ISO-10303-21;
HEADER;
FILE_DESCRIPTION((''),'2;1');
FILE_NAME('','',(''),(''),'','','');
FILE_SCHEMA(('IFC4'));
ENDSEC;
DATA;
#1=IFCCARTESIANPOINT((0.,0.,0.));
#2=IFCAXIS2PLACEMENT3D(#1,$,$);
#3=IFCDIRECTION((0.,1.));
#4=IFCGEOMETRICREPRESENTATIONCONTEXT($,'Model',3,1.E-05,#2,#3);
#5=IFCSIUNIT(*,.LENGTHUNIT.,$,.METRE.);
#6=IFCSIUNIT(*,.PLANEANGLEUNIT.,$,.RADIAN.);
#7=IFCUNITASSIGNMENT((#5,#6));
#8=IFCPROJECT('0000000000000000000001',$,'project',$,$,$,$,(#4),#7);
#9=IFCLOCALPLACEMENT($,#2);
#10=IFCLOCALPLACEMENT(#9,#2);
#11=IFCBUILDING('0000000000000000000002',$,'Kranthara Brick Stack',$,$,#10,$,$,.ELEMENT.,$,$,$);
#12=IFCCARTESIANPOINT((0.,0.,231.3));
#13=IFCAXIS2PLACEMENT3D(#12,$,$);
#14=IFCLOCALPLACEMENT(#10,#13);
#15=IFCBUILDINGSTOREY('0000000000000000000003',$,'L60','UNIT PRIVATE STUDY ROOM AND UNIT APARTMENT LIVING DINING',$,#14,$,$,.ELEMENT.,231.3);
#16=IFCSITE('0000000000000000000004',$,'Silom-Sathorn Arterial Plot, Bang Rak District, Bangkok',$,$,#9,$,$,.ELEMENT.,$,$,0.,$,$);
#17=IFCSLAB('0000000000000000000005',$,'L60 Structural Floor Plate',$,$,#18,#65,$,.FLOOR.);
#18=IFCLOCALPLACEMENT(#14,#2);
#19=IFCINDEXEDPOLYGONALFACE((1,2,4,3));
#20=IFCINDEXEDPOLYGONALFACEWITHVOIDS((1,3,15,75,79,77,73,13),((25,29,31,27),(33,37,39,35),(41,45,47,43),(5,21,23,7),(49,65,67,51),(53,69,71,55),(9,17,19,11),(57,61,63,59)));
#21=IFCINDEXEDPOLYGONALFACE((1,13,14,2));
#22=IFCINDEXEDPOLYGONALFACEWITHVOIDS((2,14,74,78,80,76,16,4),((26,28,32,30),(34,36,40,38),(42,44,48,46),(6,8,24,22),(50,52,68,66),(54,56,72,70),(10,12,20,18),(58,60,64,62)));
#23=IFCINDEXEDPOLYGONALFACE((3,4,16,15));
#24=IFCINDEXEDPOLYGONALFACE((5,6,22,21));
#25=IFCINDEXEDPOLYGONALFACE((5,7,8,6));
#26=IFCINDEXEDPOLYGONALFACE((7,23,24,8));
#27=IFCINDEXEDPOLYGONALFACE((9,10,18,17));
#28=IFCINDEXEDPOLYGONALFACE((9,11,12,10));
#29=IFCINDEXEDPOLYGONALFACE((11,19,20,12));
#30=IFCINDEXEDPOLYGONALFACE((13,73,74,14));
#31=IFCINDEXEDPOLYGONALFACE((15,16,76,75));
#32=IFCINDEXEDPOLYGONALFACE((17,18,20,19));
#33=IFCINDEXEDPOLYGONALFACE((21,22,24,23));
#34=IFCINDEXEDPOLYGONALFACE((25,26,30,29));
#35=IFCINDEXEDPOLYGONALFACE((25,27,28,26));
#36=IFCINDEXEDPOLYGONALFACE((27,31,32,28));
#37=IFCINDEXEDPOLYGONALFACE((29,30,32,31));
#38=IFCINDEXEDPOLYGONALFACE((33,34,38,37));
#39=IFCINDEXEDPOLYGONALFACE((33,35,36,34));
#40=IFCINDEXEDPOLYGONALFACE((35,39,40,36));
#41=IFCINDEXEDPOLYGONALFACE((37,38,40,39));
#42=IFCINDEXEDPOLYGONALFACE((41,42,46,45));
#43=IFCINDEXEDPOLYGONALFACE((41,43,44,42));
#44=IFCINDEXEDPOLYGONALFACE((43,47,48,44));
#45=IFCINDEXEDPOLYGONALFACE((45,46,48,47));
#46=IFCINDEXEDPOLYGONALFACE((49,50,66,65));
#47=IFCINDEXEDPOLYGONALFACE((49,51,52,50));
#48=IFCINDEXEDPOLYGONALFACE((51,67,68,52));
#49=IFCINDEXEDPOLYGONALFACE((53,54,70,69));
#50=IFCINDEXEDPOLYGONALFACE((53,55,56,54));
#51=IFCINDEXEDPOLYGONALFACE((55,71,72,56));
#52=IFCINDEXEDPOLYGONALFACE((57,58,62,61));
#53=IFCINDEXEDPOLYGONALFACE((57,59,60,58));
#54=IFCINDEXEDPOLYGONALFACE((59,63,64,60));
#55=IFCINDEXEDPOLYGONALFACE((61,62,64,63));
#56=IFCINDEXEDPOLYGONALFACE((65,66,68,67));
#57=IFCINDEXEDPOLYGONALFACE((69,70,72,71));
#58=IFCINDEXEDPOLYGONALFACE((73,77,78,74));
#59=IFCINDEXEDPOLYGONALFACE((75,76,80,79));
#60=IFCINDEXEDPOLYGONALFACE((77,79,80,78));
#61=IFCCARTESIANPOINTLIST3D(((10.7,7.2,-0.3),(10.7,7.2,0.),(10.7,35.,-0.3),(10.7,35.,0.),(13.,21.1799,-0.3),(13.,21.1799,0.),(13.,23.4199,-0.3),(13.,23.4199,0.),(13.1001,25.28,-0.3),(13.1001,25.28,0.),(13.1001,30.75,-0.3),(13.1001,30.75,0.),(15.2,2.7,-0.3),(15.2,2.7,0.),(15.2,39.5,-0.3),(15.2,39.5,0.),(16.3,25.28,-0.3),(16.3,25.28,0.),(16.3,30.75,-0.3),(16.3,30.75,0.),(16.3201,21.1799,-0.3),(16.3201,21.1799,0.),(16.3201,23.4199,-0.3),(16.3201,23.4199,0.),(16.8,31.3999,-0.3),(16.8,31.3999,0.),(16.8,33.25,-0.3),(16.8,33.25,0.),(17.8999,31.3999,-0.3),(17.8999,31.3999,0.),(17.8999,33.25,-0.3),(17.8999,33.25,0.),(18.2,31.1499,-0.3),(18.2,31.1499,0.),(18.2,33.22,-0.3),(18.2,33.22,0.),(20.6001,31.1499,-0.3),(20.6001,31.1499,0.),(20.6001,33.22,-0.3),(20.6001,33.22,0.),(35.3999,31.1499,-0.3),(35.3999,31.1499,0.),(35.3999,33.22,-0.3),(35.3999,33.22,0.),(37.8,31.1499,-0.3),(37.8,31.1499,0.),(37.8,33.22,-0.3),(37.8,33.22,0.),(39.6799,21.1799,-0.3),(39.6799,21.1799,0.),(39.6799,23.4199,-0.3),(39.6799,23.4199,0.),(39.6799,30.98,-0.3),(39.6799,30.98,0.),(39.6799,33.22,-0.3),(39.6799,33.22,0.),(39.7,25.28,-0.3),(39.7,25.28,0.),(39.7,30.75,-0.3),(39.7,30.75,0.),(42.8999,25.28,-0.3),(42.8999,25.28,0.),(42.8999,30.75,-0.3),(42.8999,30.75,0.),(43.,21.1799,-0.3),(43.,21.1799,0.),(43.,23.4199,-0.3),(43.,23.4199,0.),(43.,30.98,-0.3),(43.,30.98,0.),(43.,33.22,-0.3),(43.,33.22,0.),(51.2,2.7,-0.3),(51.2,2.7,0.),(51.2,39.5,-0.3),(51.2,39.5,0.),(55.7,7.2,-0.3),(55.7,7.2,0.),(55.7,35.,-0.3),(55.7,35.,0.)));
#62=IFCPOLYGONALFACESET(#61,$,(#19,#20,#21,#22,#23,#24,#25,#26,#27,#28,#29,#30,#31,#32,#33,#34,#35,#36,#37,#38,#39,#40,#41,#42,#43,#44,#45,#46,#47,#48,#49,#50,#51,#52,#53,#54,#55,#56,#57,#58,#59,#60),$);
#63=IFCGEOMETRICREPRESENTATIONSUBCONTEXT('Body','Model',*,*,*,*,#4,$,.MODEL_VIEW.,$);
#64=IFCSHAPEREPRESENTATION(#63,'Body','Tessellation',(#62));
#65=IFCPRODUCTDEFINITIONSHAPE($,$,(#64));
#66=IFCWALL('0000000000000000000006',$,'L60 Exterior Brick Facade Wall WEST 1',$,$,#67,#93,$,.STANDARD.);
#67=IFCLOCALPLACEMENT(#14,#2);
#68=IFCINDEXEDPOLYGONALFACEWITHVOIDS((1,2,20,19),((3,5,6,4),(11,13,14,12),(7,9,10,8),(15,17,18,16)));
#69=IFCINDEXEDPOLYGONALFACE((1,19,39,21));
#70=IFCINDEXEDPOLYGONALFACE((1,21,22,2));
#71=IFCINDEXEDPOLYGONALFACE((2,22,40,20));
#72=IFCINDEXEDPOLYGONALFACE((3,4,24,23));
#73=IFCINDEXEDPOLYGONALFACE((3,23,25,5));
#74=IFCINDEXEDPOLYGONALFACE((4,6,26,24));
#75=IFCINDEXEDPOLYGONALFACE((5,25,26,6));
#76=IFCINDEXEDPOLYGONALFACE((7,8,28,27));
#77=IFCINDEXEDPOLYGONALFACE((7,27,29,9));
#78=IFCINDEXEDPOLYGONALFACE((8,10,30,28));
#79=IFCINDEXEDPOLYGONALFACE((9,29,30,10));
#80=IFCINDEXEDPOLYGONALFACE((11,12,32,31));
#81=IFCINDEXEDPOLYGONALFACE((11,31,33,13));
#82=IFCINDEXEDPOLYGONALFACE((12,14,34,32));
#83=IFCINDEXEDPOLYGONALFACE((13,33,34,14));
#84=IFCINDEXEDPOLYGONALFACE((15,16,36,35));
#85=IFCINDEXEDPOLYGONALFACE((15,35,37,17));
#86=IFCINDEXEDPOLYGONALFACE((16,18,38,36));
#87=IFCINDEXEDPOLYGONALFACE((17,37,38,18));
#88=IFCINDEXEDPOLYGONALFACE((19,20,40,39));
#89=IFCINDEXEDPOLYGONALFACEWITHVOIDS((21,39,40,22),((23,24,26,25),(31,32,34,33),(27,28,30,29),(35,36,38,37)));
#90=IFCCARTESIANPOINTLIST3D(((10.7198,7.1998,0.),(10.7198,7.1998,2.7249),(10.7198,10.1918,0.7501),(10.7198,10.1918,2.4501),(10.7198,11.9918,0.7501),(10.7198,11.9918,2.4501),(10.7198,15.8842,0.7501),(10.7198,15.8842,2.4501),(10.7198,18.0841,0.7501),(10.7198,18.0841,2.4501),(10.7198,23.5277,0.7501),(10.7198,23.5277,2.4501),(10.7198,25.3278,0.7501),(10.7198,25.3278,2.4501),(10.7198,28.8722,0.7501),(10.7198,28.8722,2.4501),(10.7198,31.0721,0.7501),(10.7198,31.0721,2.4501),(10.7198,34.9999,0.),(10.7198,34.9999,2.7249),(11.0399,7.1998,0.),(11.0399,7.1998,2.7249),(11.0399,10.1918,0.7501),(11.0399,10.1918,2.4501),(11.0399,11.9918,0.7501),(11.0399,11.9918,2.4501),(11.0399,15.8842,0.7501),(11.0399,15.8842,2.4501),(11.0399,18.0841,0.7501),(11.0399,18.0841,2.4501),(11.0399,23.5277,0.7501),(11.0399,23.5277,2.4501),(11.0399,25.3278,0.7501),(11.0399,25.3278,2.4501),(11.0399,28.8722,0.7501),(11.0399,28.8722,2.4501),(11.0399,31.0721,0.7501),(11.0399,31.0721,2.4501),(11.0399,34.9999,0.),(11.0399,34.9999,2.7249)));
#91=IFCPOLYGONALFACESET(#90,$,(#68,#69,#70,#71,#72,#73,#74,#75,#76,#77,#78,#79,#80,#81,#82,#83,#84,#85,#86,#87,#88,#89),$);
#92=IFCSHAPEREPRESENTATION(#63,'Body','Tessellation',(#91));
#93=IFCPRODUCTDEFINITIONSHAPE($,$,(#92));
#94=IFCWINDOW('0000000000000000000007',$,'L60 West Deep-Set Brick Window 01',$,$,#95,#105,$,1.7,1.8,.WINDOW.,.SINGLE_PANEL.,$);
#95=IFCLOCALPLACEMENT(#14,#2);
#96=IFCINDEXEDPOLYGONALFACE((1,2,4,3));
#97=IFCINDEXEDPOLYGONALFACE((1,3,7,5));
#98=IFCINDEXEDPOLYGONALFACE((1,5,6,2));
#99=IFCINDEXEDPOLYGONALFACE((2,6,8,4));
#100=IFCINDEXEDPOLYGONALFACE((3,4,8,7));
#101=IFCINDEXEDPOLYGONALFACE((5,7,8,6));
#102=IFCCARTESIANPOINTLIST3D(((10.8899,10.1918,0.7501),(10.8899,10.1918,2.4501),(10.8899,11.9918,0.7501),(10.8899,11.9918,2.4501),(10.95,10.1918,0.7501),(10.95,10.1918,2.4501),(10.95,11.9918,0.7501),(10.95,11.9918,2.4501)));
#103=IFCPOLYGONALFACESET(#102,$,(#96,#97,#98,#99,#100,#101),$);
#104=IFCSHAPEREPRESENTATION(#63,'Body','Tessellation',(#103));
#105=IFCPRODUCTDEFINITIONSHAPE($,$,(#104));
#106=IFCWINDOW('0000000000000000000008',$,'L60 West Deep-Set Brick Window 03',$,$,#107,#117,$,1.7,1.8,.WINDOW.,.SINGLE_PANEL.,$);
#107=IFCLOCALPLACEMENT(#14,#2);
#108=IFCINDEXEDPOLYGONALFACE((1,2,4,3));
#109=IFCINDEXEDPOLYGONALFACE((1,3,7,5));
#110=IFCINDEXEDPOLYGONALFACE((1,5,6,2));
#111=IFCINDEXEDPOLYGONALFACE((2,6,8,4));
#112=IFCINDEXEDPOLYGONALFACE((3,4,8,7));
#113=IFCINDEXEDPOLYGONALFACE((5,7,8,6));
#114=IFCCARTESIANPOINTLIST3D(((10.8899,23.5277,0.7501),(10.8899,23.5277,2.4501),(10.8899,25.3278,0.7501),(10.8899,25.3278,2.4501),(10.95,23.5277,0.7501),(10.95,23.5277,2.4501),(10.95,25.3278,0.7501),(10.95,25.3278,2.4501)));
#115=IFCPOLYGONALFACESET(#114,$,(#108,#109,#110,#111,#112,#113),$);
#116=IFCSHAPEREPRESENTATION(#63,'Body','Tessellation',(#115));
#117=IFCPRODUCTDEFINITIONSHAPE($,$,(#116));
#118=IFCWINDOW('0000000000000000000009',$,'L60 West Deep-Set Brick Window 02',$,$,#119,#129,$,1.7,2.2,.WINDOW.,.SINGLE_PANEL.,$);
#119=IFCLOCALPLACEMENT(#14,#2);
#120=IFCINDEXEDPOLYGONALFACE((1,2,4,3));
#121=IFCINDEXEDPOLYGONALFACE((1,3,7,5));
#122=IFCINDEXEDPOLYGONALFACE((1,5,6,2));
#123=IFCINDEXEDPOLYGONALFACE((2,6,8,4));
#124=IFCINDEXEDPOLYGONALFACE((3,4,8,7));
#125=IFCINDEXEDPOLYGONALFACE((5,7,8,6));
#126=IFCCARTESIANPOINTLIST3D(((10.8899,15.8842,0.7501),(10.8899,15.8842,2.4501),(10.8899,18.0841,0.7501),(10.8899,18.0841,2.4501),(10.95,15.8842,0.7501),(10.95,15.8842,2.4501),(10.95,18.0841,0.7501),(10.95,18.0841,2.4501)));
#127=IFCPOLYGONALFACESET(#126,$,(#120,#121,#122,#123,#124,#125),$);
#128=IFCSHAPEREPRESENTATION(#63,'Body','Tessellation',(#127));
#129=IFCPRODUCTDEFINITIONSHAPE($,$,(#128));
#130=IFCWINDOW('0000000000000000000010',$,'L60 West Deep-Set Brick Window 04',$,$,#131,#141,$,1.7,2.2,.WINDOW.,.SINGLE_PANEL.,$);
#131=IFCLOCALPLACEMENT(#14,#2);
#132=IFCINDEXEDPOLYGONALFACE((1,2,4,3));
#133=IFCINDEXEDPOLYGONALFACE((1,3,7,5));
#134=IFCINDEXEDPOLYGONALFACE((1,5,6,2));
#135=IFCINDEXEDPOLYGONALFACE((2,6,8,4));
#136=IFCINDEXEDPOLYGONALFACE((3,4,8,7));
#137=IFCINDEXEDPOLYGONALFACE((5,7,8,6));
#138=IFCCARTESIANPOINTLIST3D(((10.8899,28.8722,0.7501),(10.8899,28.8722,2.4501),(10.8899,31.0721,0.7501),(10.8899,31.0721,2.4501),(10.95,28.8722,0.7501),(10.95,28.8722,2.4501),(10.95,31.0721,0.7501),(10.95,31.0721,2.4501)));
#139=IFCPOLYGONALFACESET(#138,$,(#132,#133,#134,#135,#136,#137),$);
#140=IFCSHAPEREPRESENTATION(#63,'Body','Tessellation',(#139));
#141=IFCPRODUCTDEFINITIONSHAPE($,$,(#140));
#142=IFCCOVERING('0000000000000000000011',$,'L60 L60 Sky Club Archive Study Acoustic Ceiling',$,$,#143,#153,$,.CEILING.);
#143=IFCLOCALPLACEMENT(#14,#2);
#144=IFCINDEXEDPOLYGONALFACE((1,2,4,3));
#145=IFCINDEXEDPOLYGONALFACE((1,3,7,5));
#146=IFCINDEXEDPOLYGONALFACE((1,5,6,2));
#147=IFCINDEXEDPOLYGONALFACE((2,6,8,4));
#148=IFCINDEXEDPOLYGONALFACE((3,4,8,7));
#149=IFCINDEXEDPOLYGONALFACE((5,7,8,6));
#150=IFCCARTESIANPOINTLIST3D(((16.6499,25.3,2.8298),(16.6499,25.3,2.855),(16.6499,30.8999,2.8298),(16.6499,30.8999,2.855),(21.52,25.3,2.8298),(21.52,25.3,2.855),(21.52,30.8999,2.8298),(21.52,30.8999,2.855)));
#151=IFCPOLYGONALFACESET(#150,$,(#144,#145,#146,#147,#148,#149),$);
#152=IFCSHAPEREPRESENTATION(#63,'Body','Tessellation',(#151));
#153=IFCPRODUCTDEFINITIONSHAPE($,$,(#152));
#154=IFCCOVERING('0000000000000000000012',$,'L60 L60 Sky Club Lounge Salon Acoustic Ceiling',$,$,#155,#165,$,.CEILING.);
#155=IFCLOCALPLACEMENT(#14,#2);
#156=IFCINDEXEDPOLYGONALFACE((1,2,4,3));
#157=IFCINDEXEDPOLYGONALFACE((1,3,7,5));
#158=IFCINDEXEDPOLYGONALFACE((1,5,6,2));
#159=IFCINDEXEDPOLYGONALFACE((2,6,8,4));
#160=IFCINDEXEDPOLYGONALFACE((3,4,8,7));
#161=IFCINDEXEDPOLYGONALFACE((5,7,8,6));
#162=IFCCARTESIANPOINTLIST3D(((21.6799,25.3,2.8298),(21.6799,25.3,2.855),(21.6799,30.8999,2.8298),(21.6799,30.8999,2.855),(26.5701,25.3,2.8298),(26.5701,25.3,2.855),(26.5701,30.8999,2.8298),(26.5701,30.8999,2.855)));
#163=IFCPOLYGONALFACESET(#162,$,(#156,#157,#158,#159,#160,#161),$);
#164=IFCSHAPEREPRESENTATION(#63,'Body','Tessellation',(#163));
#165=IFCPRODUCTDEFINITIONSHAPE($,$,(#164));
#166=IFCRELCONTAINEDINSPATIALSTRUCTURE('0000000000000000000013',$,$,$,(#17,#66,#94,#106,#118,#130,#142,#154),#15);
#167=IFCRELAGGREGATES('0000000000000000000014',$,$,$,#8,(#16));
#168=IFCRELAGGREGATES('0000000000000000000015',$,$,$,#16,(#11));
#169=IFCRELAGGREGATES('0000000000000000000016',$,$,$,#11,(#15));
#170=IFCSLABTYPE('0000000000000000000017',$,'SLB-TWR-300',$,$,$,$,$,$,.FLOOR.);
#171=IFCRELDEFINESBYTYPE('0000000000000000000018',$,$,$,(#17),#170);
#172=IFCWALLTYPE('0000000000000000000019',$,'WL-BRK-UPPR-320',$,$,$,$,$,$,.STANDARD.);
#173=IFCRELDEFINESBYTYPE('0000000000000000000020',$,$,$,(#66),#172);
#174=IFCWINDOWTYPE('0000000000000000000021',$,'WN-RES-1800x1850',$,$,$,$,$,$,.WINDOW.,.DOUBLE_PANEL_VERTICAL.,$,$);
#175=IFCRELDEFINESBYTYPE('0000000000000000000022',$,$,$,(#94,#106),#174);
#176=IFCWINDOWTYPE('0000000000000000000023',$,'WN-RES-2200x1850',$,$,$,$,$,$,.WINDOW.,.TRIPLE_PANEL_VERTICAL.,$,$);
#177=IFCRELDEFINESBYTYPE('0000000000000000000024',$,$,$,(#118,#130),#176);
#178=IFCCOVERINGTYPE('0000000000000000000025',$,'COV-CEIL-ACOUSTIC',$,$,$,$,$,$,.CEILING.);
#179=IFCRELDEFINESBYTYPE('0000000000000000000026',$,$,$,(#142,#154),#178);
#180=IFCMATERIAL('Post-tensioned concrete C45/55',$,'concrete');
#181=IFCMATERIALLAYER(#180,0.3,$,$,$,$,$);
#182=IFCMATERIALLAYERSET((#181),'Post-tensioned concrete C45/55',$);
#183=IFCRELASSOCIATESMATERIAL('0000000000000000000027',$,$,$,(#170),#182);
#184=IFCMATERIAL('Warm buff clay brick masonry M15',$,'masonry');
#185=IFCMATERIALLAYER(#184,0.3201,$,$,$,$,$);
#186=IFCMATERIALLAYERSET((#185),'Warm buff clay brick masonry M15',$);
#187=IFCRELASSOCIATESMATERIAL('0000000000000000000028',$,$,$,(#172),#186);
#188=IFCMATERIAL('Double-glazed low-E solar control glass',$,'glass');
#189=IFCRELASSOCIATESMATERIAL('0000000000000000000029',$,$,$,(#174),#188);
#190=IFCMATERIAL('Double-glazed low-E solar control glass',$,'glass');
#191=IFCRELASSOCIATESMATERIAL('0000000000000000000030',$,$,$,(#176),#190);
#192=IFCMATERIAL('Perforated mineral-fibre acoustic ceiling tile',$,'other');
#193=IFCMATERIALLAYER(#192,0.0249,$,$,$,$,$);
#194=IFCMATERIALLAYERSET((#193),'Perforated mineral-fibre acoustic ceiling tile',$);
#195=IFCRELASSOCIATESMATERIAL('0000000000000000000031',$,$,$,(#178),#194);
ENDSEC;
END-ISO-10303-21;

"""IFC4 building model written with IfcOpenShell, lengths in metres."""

from ifc_helpers import new_model, si_unit, direction, frame, frame_2d, origin, place, context, subcontext, project, spatial, polyline, rectangle, outline, extrude, material, layer, layer_set, type_object, element, fill, save


model = new_model("IFC4")

# Units and contexts
model_context = context("Model", 3, precision=1e-05, world=origin(), true_north=direction((0.0, 1.0)))
body_context = subcontext(model_context, "Body", "Model", "MODEL_VIEW")
ifc_project = project(units=[si_unit("LENGTHUNIT", "METRE"), si_unit("PLANEANGLEUNIT", "RADIAN")], contexts=[model_context])

# Site, building, storey
site_placement = place(None, origin())
site = spatial("IfcSite", under=ifc_project, at=site_placement, Name="Silom-Sathorn Arterial Plot, Bang Rak District, Bangkok", CompositionType="ELEMENT", RefElevation=0.0)
building_placement = place(site_placement, origin())
building = spatial("IfcBuilding", under=site, at=building_placement, Name="Kranthara Brick Stack", CompositionType="ELEMENT")
storey_placement = place(building_placement, frame((0.0, 0.0, 231.3)))
storey = spatial("IfcBuildingStorey", under=building, at=storey_placement, Name="L60", Description="UNIT PRIVATE STUDY ROOM AND UNIT APARTMENT LIVING DINING", CompositionType="ELEMENT", Elevation=231.3)

# Slab
ifc_material_1 = material(Name="Post-tensioned concrete C45/55", Category="concrete")
ifc_layer_1 = layer(ifc_material_1, 0.3)
ifc_layer_set_1 = layer_set([ifc_layer_1], Name="Post-tensioned concrete C45/55")
slab_type_1 = type_object("IfcSlabType", Name="SLB-TWR-300", PredefinedType="FLOOR", material=ifc_layer_set_1)
slab_1_placement = place(storey_placement, frame((0.0, 0.0, -0.3)))
element("IfcSlab", 1, at=slab_1_placement, inside=storey, type_object=slab_type_1, Name="L60 Structural Floor Plate", PredefinedType="FLOOR", context=body_context, shape_type="SweptSolid", body=[
    extrude(outline(polyline([(15.2, 2.7), (51.2, 2.7), (55.7, 7.2), (55.7, 35.0), (51.2, 39.5), (15.2, 39.5), (10.7, 35.0), (10.7, 7.2), (15.2, 2.7)]), holes=[polyline([(13.1001, 25.28), (16.3, 25.28), (16.3, 30.75), (13.1001, 30.75), (13.1001, 25.28)]), polyline([(39.7, 25.28), (42.8999, 25.28), (42.8999, 30.75), (39.7, 30.75), (39.7, 25.28)]), polyline([(13.0, 21.1799), (16.3201, 21.1799), (16.3201, 23.4199), (13.0, 23.4199), (13.0, 21.1799)]), polyline([(39.6799, 21.1799), (43.0, 21.1799), (43.0, 23.4199), (39.6799, 23.4199), (39.6799, 21.1799)]), polyline([(39.6799, 30.98), (43.0, 30.98), (43.0, 33.22), (39.6799, 33.22), (39.6799, 30.98)]), polyline([(18.2, 31.1499), (20.6001, 31.1499), (20.6001, 33.22), (18.2, 33.22), (18.2, 31.1499)]), polyline([(35.3999, 31.1499), (37.8, 31.1499), (37.8, 33.22), (35.3999, 33.22), (35.3999, 31.1499)]), polyline([(16.8, 31.3999), (17.8999, 31.3999), (17.8999, 33.25), (16.8, 33.25), (16.8, 31.3999)])]), origin(), (0.0, 0.0, 1.0), 0.3),
])

# Wall, openings, windows
ifc_material_2 = material(Name="Warm buff clay brick masonry M15", Category="masonry")
ifc_layer_2 = layer(ifc_material_2, 0.3201)
ifc_layer_set_2 = layer_set([ifc_layer_2], Name="Warm buff clay brick masonry M15")
wall_type = type_object("IfcWallType", Name="WL-BRK-UPPR-320", PredefinedType="STANDARD", material=ifc_layer_set_2)
wall_placement = place(storey_placement, frame((10.8799, 7.2, 0.0), z_axis=(0.0, 0.0, 1.0), x_axis=(0.0, 1.0, 0.0)))
wall = element("IfcWall", 2, at=wall_placement, inside=storey, type_object=wall_type, Name="L60 Exterior Brick Facade Wall WEST 1", PredefinedType="STANDARD", context=body_context, shape_type="SweptSolid", body=[
    extrude(rectangle(XDim=27.8, YDim=0.3201, at=frame_2d((13.8999, 0.0))), origin(), (0.0, 0.0, 1.0), 2.7249),
])
opening_1_placement = place(wall_placement, frame((2.9919, 0.0, 0.75)))
opening_1 = element("IfcOpeningElement", 3, at=opening_1_placement, cuts=wall, PredefinedType="OPENING", context=body_context, shape_type="SweptSolid", body=[
    extrude(rectangle(XDim=1.8, YDim=1.7, at=frame_2d((0.8999, 0.8501))), frame((0.0, 0.1699, 0.0), z_axis=(0.0, -1.0, 0.0), x_axis=(1.0, 0.0, 0.0)), (0.0, 0.0, 1.0), 0.3401),
])
opening_2_placement = place(wall_placement, frame((8.6841, 0.0, 0.75)))
opening_2 = element("IfcOpeningElement", 4, at=opening_2_placement, cuts=wall, PredefinedType="OPENING", context=body_context, shape_type="SweptSolid", body=[
    extrude(rectangle(XDim=2.2, YDim=1.7, at=frame_2d((1.1001, 0.8501))), frame((0.0, 0.1699, 0.0), z_axis=(0.0, -1.0, 0.0), x_axis=(1.0, 0.0, 0.0)), (0.0, 0.0, 1.0), 0.3401),
])
opening_3_placement = place(wall_placement, frame((16.3279, 0.0, 0.75)))
opening_3 = element("IfcOpeningElement", 5, at=opening_3_placement, cuts=wall, PredefinedType="OPENING", context=body_context, shape_type="SweptSolid", body=[
    extrude(rectangle(XDim=1.8, YDim=1.7, at=frame_2d((0.8999, 0.8501))), frame((0.0, 0.1699, 0.0), z_axis=(0.0, -1.0, 0.0), x_axis=(1.0, 0.0, 0.0)), (0.0, 0.0, 1.0), 0.3401),
])
opening_4_placement = place(wall_placement, frame((21.6721, 0.0, 0.75)))
opening_4 = element("IfcOpeningElement", 6, at=opening_4_placement, cuts=wall, PredefinedType="OPENING", context=body_context, shape_type="SweptSolid", body=[
    extrude(rectangle(XDim=2.2, YDim=1.7, at=frame_2d((1.1001, 0.8501))), frame((0.0, 0.1699, 0.0), z_axis=(0.0, -1.0, 0.0), x_axis=(1.0, 0.0, 0.0)), (0.0, 0.0, 1.0), 0.3401),
])
ifc_material_3 = material(Name="Double-glazed low-E solar control glass", Category="glass")
window_type_1 = type_object("IfcWindowType", Name="WN-RES-1800x1850", PartitioningType="DOUBLE_PANEL_VERTICAL", PredefinedType="WINDOW", material=ifc_material_3)
window_1_placement = place(opening_1_placement, origin())
window_1 = element("IfcWindow", 7, at=window_1_placement, inside=storey, type_object=window_type_1, Name="L60 West Deep-Set Brick Window 01", OverallHeight=1.7, OverallWidth=1.8, PartitioningType="SINGLE_PANEL", PredefinedType="WINDOW", context=body_context, shape_type="SweptSolid", body=[
    extrude(rectangle(XDim=1.8, YDim=1.7, at=frame_2d((0.8999, 0.8501))), frame((0.0, -0.01, 0.0), z_axis=(0.0, -1.0, 0.0), x_axis=(1.0, 0.0, 0.0)), (0.0, 0.0, 1.0), 0.0601),
])
fill(opening_1, window_1)
window_2_placement = place(opening_3_placement, origin())
window_2 = element("IfcWindow", 8, at=window_2_placement, inside=storey, type_object=window_type_1, Name="L60 West Deep-Set Brick Window 03", OverallHeight=1.7, OverallWidth=1.8, PartitioningType="SINGLE_PANEL", PredefinedType="WINDOW", context=body_context, shape_type="SweptSolid", body=[
    extrude(rectangle(XDim=1.8, YDim=1.7, at=frame_2d((0.8999, 0.8501))), frame((0.0, -0.01, 0.0), z_axis=(0.0, -1.0, 0.0), x_axis=(1.0, 0.0, 0.0)), (0.0, 0.0, 1.0), 0.0601),
])
fill(opening_3, window_2)
ifc_material_4 = material(Name="Double-glazed low-E solar control glass", Category="glass")
window_type_2 = type_object("IfcWindowType", Name="WN-RES-2200x1850", PartitioningType="TRIPLE_PANEL_VERTICAL", PredefinedType="WINDOW", material=ifc_material_4)
window_3_placement = place(opening_2_placement, origin())
window_3 = element("IfcWindow", 9, at=window_3_placement, inside=storey, type_object=window_type_2, Name="L60 West Deep-Set Brick Window 02", OverallHeight=1.7, OverallWidth=2.2, PartitioningType="SINGLE_PANEL", PredefinedType="WINDOW", context=body_context, shape_type="SweptSolid", body=[
    extrude(rectangle(XDim=2.2, YDim=1.7, at=frame_2d((1.1001, 0.8501))), frame((0.0, -0.01, 0.0), z_axis=(0.0, -1.0, 0.0), x_axis=(1.0, 0.0, 0.0)), (0.0, 0.0, 1.0), 0.0601),
])
fill(opening_2, window_3)
window_4_placement = place(opening_4_placement, origin())
window_4 = element("IfcWindow", 10, at=window_4_placement, inside=storey, type_object=window_type_2, Name="L60 West Deep-Set Brick Window 04", OverallHeight=1.7, OverallWidth=2.2, PartitioningType="SINGLE_PANEL", PredefinedType="WINDOW", context=body_context, shape_type="SweptSolid", body=[
    extrude(rectangle(XDim=2.2, YDim=1.7, at=frame_2d((1.1001, 0.8501))), frame((0.0, -0.01, 0.0), z_axis=(0.0, -1.0, 0.0), x_axis=(1.0, 0.0, 0.0)), (0.0, 0.0, 1.0), 0.0601),
])
fill(opening_4, window_4)

# Coverings
ifc_material_5 = material(Name="Perforated mineral-fibre acoustic ceiling tile", Category="other")
ifc_layer_3 = layer(ifc_material_5, 0.0249)
ifc_layer_set_3 = layer_set([ifc_layer_3], Name="Perforated mineral-fibre acoustic ceiling tile")
covering_type_1 = type_object("IfcCoveringType", Name="COV-CEIL-ACOUSTIC", PredefinedType="CEILING", material=ifc_layer_set_3)
covering_1_placement = place(storey_placement, frame((0.0, 0.0, 2.8298)))
element("IfcCovering", 11, at=covering_1_placement, inside=storey, type_object=covering_type_1, Name="L60 L60 Sky Club Archive Study Acoustic Ceiling", PredefinedType="CEILING", context=body_context, shape_type="SweptSolid", body=[
    extrude(outline(polyline([(21.52, 25.3), (21.52, 30.8999), (16.6499, 30.8999), (16.6499, 25.3), (21.52, 25.3)])), origin(), (0.0, 0.0, 1.0), 0.0251),
])
covering_2_placement = place(storey_placement, frame((0.0, 0.0, 2.8298)))
element("IfcCovering", 12, at=covering_2_placement, inside=storey, type_object=covering_type_1, Name="L60 L60 Sky Club Lounge Salon Acoustic Ceiling", PredefinedType="CEILING", context=body_context, shape_type="SweptSolid", body=[
    extrude(outline(polyline([(26.5701, 25.3), (26.5701, 30.8999), (21.6799, 30.8999), (21.6799, 25.3), (26.5701, 25.3)])), origin(), (0.0, 0.0, 1.0), 0.0251),
])

save(model, "model.ifc")
